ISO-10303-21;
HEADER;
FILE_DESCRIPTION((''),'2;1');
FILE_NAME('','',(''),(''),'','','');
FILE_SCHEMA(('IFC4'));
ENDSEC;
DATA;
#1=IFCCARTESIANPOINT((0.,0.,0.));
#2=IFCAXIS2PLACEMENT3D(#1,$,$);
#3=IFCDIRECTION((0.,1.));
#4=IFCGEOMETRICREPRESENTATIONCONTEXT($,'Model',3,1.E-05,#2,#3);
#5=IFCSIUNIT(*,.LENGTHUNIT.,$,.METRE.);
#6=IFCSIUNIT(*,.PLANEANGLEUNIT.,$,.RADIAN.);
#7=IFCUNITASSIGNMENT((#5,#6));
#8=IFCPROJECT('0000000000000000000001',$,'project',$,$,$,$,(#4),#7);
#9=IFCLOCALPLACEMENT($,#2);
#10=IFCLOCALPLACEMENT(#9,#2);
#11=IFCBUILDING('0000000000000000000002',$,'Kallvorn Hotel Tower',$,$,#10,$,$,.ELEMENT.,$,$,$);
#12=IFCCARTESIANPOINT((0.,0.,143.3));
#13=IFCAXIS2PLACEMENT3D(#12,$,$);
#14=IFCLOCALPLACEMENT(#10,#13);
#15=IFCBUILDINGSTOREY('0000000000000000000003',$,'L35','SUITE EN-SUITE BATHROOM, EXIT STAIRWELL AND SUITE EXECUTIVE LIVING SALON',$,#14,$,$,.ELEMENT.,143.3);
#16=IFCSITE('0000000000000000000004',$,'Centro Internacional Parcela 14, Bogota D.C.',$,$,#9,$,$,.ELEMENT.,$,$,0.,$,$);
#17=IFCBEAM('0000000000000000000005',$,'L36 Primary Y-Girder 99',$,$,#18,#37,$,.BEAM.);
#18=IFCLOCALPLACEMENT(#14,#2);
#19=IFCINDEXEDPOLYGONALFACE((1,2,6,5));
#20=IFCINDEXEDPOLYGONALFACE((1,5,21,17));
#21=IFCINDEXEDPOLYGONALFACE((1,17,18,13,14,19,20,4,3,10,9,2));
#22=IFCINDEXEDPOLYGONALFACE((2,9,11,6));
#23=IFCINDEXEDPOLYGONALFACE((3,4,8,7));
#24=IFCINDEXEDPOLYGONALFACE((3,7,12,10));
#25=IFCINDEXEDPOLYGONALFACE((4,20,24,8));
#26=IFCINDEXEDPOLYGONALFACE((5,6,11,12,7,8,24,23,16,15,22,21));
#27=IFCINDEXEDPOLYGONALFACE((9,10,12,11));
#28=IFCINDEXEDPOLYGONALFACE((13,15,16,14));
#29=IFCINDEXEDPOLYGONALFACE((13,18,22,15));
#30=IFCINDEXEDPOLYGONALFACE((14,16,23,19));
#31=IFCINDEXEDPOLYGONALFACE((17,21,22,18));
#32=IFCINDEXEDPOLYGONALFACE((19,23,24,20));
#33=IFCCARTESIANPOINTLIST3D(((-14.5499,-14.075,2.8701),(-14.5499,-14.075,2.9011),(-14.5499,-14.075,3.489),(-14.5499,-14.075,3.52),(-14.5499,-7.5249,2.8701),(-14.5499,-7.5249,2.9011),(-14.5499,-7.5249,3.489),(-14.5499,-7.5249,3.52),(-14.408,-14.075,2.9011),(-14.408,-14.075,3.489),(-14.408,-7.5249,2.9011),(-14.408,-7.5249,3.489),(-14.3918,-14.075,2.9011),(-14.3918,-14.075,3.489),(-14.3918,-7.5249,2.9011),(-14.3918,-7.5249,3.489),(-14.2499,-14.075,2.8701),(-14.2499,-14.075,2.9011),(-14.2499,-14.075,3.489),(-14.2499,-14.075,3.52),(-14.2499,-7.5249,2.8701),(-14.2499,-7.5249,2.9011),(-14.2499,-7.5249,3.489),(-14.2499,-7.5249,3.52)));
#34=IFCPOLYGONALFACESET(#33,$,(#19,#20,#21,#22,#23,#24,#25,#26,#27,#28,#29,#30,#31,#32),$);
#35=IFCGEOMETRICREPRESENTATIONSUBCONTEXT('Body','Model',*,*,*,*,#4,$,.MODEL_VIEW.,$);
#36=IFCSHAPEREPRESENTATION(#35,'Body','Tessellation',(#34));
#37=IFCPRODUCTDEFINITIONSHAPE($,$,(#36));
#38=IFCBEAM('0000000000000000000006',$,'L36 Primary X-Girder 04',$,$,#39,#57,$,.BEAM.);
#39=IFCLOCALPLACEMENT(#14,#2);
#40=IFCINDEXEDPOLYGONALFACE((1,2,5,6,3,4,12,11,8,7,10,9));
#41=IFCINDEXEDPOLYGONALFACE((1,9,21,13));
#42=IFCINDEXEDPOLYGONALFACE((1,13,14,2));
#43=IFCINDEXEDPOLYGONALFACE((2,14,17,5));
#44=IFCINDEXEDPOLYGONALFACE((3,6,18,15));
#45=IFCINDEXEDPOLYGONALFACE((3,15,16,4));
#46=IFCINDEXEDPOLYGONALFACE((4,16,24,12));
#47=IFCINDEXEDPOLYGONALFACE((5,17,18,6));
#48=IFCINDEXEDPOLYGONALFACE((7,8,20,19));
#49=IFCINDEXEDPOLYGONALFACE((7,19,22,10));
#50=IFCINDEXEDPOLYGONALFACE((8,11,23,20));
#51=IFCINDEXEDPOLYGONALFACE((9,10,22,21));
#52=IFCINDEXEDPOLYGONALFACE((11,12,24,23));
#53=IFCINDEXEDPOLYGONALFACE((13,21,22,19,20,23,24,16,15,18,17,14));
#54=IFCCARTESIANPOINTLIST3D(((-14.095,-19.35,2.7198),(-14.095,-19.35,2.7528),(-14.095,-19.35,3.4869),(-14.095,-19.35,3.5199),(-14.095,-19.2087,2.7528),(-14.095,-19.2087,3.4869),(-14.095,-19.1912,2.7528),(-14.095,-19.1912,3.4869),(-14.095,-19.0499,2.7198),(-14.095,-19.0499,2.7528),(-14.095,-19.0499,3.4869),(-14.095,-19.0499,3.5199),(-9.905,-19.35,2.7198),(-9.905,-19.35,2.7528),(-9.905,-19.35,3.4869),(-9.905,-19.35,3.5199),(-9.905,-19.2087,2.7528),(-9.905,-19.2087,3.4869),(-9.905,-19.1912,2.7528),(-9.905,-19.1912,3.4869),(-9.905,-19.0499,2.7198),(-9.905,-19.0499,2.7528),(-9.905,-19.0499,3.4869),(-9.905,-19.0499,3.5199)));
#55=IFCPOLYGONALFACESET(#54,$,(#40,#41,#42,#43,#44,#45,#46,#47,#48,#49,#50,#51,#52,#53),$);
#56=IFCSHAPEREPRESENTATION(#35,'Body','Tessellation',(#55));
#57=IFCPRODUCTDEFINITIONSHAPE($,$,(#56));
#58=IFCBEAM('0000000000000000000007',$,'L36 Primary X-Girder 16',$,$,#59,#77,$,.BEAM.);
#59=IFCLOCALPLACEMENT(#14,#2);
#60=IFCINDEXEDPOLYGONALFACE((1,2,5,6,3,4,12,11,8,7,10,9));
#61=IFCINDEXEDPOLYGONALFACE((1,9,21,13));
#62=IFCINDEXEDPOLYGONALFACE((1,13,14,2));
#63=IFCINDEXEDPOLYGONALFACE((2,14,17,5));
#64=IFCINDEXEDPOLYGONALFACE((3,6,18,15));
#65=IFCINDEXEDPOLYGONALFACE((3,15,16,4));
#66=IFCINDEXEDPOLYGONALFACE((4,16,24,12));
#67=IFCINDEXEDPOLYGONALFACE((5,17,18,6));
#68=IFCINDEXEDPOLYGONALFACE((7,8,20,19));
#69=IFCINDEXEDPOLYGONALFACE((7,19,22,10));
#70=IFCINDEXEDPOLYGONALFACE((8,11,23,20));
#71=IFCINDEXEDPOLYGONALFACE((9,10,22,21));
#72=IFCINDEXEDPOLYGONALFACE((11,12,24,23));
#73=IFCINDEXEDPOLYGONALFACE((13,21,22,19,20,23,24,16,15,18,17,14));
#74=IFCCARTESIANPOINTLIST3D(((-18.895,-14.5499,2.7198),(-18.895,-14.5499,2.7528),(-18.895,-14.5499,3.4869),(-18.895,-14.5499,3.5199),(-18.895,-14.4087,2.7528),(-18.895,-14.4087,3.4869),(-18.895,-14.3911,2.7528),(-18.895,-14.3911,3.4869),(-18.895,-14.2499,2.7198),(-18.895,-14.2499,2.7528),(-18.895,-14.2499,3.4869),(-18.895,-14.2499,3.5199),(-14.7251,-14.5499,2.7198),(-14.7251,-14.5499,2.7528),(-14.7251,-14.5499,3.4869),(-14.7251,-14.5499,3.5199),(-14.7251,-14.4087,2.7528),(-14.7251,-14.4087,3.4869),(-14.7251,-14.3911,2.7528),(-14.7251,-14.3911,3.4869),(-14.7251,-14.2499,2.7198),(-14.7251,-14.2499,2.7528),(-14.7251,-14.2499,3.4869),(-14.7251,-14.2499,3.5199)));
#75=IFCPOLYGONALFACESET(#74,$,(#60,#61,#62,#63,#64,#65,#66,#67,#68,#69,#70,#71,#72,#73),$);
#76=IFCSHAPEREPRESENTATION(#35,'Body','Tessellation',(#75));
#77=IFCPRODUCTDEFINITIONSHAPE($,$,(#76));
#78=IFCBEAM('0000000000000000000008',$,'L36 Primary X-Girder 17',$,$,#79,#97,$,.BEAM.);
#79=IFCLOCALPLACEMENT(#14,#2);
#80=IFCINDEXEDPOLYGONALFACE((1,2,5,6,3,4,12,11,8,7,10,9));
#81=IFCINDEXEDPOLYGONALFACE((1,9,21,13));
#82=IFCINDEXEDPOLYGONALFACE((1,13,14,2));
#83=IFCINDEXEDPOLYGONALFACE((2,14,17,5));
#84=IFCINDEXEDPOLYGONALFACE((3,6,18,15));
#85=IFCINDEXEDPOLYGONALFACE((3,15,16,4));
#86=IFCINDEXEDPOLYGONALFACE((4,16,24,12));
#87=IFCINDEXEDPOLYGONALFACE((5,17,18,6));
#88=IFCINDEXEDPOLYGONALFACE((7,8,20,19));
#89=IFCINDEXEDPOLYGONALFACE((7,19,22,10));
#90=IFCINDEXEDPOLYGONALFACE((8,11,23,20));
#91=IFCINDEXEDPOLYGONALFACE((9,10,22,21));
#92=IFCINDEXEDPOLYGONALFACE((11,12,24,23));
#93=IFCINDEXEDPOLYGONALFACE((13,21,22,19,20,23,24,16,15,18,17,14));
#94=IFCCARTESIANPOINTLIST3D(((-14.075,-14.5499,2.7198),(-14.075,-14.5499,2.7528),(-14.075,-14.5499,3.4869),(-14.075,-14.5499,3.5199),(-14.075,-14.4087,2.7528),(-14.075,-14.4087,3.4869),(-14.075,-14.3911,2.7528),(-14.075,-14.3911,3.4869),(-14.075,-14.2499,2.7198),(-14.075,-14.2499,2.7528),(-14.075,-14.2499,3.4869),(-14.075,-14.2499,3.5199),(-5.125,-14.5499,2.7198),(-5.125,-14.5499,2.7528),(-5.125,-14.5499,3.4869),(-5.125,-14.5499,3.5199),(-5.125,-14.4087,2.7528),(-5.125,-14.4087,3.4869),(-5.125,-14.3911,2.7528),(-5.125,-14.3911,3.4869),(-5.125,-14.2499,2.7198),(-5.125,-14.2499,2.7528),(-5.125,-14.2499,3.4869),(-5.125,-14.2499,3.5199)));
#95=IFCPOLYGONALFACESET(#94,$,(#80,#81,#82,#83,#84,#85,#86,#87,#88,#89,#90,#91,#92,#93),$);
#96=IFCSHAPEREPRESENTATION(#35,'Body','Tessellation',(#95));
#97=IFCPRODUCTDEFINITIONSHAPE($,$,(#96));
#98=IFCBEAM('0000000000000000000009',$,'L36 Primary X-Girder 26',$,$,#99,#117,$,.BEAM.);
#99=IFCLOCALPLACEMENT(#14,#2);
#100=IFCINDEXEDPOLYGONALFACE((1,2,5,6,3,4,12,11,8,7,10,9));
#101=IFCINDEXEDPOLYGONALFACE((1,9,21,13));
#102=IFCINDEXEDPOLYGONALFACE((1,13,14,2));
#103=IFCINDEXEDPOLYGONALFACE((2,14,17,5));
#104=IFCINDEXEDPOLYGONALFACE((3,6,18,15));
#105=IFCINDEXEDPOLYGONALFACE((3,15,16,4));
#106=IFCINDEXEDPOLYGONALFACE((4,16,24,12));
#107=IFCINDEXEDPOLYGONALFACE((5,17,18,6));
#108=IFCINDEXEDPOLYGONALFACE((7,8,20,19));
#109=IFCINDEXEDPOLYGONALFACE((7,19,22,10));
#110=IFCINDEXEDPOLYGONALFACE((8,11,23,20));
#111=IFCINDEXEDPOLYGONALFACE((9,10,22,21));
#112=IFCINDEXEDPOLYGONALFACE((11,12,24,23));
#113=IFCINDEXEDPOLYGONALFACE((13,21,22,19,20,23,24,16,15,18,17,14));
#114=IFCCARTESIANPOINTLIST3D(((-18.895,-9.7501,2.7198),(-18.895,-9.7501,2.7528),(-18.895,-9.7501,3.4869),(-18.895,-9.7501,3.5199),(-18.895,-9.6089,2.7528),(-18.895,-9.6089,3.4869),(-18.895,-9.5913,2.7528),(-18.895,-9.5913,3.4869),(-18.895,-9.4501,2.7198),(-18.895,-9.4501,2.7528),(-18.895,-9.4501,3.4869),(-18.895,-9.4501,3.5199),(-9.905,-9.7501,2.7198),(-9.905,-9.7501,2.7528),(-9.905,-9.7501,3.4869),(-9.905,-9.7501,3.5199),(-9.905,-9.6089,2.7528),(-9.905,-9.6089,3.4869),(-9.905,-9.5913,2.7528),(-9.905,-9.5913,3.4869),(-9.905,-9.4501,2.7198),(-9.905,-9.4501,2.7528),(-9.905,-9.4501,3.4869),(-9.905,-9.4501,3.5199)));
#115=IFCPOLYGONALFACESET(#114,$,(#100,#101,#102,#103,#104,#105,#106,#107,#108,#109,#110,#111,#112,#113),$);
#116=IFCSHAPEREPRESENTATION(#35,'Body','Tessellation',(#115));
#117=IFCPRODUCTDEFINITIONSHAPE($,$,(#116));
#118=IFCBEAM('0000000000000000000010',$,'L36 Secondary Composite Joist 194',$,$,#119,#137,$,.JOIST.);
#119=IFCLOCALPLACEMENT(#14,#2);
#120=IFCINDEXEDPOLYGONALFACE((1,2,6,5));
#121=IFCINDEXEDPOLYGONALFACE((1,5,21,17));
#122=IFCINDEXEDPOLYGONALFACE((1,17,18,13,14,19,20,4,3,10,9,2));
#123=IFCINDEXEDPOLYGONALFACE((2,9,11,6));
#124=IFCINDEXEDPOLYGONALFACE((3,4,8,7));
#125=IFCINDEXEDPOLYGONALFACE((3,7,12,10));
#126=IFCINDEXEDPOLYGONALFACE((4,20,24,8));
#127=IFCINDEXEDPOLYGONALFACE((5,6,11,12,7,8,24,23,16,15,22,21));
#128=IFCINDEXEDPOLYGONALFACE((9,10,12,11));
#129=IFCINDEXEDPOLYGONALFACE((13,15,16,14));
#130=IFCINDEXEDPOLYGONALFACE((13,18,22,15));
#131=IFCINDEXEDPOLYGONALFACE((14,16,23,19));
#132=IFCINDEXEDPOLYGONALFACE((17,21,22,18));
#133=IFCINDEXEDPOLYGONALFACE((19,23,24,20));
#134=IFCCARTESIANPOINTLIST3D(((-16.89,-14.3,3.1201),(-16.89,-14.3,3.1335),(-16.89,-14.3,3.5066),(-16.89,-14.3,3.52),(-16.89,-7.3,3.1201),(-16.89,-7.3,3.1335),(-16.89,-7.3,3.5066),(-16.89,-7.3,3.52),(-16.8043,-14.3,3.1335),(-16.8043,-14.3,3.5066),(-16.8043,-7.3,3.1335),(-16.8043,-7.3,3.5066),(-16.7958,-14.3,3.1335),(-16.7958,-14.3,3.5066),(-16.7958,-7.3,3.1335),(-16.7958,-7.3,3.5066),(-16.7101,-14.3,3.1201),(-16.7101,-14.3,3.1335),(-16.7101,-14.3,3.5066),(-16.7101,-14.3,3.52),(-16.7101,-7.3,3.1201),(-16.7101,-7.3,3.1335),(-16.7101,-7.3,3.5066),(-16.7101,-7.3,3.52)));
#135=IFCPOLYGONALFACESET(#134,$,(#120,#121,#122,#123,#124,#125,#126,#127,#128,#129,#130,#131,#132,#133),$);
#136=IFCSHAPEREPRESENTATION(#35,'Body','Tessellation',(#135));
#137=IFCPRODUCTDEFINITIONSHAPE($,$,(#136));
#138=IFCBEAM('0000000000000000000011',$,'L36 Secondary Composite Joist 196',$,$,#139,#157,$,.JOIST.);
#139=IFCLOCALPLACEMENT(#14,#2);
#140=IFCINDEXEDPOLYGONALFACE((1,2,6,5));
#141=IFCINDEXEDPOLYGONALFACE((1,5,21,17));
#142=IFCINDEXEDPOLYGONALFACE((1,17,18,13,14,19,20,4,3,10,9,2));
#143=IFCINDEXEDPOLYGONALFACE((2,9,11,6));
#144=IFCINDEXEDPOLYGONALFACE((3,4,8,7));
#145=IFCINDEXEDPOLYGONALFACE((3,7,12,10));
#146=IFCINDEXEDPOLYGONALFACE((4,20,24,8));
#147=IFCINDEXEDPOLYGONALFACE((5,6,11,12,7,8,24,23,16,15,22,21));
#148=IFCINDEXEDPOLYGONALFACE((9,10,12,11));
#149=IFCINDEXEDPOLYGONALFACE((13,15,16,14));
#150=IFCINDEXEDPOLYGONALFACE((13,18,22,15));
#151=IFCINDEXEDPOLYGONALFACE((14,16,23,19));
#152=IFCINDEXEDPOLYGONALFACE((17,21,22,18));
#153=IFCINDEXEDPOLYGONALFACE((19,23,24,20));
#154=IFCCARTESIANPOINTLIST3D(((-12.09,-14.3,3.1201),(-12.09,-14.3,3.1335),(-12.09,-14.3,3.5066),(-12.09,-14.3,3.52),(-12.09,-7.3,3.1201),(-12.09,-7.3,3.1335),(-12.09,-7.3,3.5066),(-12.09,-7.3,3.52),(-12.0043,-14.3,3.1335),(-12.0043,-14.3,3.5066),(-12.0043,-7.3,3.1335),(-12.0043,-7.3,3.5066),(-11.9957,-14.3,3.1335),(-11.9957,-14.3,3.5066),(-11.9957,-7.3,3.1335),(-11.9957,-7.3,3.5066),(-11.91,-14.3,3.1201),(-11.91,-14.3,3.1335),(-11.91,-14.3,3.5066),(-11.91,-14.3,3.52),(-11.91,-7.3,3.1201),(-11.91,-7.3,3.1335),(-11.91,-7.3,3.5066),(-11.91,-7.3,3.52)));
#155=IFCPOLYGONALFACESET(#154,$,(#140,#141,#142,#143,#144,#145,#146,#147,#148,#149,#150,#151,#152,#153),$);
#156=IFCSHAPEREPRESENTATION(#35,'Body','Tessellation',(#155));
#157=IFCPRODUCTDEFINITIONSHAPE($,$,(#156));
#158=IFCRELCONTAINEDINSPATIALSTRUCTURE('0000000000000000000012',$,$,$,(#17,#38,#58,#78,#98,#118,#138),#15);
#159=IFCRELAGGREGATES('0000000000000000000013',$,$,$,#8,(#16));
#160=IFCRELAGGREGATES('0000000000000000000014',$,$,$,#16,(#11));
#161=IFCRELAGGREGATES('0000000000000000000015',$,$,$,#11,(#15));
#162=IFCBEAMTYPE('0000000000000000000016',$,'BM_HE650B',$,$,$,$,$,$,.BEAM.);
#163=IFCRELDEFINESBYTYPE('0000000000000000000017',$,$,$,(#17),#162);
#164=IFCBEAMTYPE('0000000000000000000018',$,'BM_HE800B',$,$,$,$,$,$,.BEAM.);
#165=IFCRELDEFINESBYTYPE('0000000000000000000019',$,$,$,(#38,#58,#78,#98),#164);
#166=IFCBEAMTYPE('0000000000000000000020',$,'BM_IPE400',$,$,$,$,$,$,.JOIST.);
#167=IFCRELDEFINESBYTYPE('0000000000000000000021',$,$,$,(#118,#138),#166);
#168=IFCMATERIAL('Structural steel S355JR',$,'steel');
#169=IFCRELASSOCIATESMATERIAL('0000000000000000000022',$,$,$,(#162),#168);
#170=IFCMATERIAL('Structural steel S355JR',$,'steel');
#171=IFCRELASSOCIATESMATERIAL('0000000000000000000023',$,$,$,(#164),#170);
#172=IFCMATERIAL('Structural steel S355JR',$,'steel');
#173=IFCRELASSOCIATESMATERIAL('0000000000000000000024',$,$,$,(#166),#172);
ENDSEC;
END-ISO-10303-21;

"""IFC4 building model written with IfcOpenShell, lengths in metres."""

from ifc_helpers import new_model, si_unit, direction, frame, origin, origin_2d, place, context, subcontext, project, spatial, i_section, extrude, material, material_profile, profile_set, type_object, element, save


model = new_model("IFC4")

# Units and contexts
model_context = context("Model", 3, precision=1e-05, world=origin(), true_north=direction((0.0, 1.0)))
body_context = subcontext(model_context, "Body", "Model", "MODEL_VIEW")
ifc_project = project(units=[si_unit("LENGTHUNIT", "METRE"), si_unit("PLANEANGLEUNIT", "RADIAN")], contexts=[model_context])

# Site, building, storey
site_placement = place(None, origin())
site = spatial("IfcSite", under=ifc_project, at=site_placement, Name="Centro Internacional Parcela 14, Bogota D.C.", CompositionType="ELEMENT", RefElevation=0.0)
building_placement = place(site_placement, origin())
building = spatial("IfcBuilding", under=site, at=building_placement, Name="Kallvorn Hotel Tower", CompositionType="ELEMENT")
storey_placement = place(building_placement, frame((0.0, 0.0, 143.3)))
storey = spatial("IfcBuildingStorey", under=building, at=storey_placement, Name="L35", Description="SUITE EN-SUITE BATHROOM, EXIT STAIRWELL AND SUITE EXECUTIVE LIVING SALON", CompositionType="ELEMENT", Elevation=143.3)

# Beams
ifc_material_1 = material(Name="Structural steel S355JR", Category="steel")
ifc_material_profile_1 = material_profile(ifc_material_1, i_section(OverallWidth=0.3, OverallDepth=0.6499, WebThickness=0.0161, FlangeThickness=0.031, at=origin_2d()), Name="HE 650 B")
ifc_profile_set_1 = profile_set([ifc_material_profile_1], Name="Structural steel S355JR")
beam_type_1 = type_object("IfcBeamType", Name="BM_HE650B", PredefinedType="BEAM", material=ifc_profile_set_1)
beam_1_placement = place(storey_placement, frame((-14.3999, -14.075, 3.1951), z_axis=(0.0, 1.0, 0.0), x_axis=(-1.0, 0.0, 0.0)))
element("IfcBeam", 1, at=beam_1_placement, inside=storey, type_object=beam_type_1, Name="L36 Primary Y-Girder 99", PredefinedType="BEAM", context=body_context, shape_type="SweptSolid", body=[
    extrude(i_section(OverallWidth=0.3, OverallDepth=0.6499, WebThickness=0.0161, FlangeThickness=0.031, at=origin_2d()), origin(), (0.0, 0.0, 1.0), 6.55),
])
ifc_material_2 = material(Name="Structural steel S355JR", Category="steel")
ifc_material_profile_2 = material_profile(ifc_material_2, i_section(OverallWidth=0.3, OverallDepth=0.8, WebThickness=0.0176, FlangeThickness=0.033, at=origin_2d()), Name="HE 800 B")
ifc_profile_set_2 = profile_set([ifc_material_profile_2], Name="Structural steel S355JR")
beam_type_2 = type_object("IfcBeamType", Name="BM_HE800B", PredefinedType="BEAM", material=ifc_profile_set_2)
beam_2_placement = place(storey_placement, frame((-14.095, -19.2, 3.1199), z_axis=(1.0, 0.0, 0.0), x_axis=(0.0, 1.0, 0.0)))
element("IfcBeam", 2, at=beam_2_placement, inside=storey, type_object=beam_type_2, Name="L36 Primary X-Girder 04", PredefinedType="BEAM", context=body_context, shape_type="SweptSolid", body=[
    extrude(i_section(OverallWidth=0.3, OverallDepth=0.8, WebThickness=0.0176, FlangeThickness=0.033, at=origin_2d()), origin(), (0.0, 0.0, 1.0), 4.1899),
])
beam_3_placement = place(storey_placement, frame((-18.895, -14.3999, 3.1199), z_axis=(1.0, 0.0, 0.0), x_axis=(0.0, 1.0, 0.0)))
element("IfcBeam", 3, at=beam_3_placement, inside=storey, type_object=beam_type_2, Name="L36 Primary X-Girder 16", PredefinedType="BEAM", context=body_context, shape_type="SweptSolid", body=[
    extrude(i_section(OverallWidth=0.3, OverallDepth=0.8, WebThickness=0.0176, FlangeThickness=0.033, at=origin_2d()), origin(), (0.0, 0.0, 1.0), 4.1699),
])
beam_4_placement = place(storey_placement, frame((-14.075, -14.3999, 3.1199), z_axis=(1.0, 0.0, 0.0), x_axis=(0.0, 1.0, 0.0)))
element("IfcBeam", 4, at=beam_4_placement, inside=storey, type_object=beam_type_2, Name="L36 Primary X-Girder 17", PredefinedType="BEAM", context=body_context, shape_type="SweptSolid", body=[
    extrude(i_section(OverallWidth=0.3, OverallDepth=0.8, WebThickness=0.0176, FlangeThickness=0.033, at=origin_2d()), origin(), (0.0, 0.0, 1.0), 8.95),
])
beam_5_placement = place(storey_placement, frame((-18.895, -9.6001, 3.1199), z_axis=(1.0, 0.0, 0.0), x_axis=(0.0, 1.0, 0.0)))
element("IfcBeam", 5, at=beam_5_placement, inside=storey, type_object=beam_type_2, Name="L36 Primary X-Girder 26", PredefinedType="BEAM", context=body_context, shape_type="SweptSolid", body=[
    extrude(i_section(OverallWidth=0.3, OverallDepth=0.8, WebThickness=0.0176, FlangeThickness=0.033, at=origin_2d()), origin(), (0.0, 0.0, 1.0), 8.99),
])
ifc_material_3 = material(Name="Structural steel S355JR", Category="steel")
ifc_material_profile_3 = material_profile(ifc_material_3, i_section(OverallWidth=0.1799, OverallDepth=0.3999, WebThickness=0.0085, FlangeThickness=0.0134, at=origin_2d()), Name="IPE 400")
ifc_profile_set_3 = profile_set([ifc_material_profile_3], Name="Structural steel S355JR")
beam_type_3 = type_object("IfcBeamType", Name="BM_IPE400", PredefinedType="JOIST", material=ifc_profile_set_3)
for number, where, z_axis, x_axis, name in (
    (6, (-16.8, -14.3, 3.3201), (0.0, 1.0, 0.0), (-1.0, 0.0, 0.0), "L36 Secondary Composite Joist 194"),
    (7, (-12.0, -14.3, 3.3201), (0.0, 1.0, 0.0), (-1.0, 0.0, 0.0), "L36 Secondary Composite Joist 196"),
):
    element("IfcBeam", number, at=place(storey_placement, frame(where, z_axis=z_axis, x_axis=x_axis)), inside=storey, type_object=beam_type_3, Name=name, PredefinedType="JOIST", context=body_context, shape_type="SweptSolid", body=[
        extrude(i_section(OverallWidth=0.1799, OverallDepth=0.3999, WebThickness=0.0085, FlangeThickness=0.0134, at=origin_2d()), origin(), (0.0, 0.0, 1.0), 7.0),
    ])

save(model, "model.ifc")
